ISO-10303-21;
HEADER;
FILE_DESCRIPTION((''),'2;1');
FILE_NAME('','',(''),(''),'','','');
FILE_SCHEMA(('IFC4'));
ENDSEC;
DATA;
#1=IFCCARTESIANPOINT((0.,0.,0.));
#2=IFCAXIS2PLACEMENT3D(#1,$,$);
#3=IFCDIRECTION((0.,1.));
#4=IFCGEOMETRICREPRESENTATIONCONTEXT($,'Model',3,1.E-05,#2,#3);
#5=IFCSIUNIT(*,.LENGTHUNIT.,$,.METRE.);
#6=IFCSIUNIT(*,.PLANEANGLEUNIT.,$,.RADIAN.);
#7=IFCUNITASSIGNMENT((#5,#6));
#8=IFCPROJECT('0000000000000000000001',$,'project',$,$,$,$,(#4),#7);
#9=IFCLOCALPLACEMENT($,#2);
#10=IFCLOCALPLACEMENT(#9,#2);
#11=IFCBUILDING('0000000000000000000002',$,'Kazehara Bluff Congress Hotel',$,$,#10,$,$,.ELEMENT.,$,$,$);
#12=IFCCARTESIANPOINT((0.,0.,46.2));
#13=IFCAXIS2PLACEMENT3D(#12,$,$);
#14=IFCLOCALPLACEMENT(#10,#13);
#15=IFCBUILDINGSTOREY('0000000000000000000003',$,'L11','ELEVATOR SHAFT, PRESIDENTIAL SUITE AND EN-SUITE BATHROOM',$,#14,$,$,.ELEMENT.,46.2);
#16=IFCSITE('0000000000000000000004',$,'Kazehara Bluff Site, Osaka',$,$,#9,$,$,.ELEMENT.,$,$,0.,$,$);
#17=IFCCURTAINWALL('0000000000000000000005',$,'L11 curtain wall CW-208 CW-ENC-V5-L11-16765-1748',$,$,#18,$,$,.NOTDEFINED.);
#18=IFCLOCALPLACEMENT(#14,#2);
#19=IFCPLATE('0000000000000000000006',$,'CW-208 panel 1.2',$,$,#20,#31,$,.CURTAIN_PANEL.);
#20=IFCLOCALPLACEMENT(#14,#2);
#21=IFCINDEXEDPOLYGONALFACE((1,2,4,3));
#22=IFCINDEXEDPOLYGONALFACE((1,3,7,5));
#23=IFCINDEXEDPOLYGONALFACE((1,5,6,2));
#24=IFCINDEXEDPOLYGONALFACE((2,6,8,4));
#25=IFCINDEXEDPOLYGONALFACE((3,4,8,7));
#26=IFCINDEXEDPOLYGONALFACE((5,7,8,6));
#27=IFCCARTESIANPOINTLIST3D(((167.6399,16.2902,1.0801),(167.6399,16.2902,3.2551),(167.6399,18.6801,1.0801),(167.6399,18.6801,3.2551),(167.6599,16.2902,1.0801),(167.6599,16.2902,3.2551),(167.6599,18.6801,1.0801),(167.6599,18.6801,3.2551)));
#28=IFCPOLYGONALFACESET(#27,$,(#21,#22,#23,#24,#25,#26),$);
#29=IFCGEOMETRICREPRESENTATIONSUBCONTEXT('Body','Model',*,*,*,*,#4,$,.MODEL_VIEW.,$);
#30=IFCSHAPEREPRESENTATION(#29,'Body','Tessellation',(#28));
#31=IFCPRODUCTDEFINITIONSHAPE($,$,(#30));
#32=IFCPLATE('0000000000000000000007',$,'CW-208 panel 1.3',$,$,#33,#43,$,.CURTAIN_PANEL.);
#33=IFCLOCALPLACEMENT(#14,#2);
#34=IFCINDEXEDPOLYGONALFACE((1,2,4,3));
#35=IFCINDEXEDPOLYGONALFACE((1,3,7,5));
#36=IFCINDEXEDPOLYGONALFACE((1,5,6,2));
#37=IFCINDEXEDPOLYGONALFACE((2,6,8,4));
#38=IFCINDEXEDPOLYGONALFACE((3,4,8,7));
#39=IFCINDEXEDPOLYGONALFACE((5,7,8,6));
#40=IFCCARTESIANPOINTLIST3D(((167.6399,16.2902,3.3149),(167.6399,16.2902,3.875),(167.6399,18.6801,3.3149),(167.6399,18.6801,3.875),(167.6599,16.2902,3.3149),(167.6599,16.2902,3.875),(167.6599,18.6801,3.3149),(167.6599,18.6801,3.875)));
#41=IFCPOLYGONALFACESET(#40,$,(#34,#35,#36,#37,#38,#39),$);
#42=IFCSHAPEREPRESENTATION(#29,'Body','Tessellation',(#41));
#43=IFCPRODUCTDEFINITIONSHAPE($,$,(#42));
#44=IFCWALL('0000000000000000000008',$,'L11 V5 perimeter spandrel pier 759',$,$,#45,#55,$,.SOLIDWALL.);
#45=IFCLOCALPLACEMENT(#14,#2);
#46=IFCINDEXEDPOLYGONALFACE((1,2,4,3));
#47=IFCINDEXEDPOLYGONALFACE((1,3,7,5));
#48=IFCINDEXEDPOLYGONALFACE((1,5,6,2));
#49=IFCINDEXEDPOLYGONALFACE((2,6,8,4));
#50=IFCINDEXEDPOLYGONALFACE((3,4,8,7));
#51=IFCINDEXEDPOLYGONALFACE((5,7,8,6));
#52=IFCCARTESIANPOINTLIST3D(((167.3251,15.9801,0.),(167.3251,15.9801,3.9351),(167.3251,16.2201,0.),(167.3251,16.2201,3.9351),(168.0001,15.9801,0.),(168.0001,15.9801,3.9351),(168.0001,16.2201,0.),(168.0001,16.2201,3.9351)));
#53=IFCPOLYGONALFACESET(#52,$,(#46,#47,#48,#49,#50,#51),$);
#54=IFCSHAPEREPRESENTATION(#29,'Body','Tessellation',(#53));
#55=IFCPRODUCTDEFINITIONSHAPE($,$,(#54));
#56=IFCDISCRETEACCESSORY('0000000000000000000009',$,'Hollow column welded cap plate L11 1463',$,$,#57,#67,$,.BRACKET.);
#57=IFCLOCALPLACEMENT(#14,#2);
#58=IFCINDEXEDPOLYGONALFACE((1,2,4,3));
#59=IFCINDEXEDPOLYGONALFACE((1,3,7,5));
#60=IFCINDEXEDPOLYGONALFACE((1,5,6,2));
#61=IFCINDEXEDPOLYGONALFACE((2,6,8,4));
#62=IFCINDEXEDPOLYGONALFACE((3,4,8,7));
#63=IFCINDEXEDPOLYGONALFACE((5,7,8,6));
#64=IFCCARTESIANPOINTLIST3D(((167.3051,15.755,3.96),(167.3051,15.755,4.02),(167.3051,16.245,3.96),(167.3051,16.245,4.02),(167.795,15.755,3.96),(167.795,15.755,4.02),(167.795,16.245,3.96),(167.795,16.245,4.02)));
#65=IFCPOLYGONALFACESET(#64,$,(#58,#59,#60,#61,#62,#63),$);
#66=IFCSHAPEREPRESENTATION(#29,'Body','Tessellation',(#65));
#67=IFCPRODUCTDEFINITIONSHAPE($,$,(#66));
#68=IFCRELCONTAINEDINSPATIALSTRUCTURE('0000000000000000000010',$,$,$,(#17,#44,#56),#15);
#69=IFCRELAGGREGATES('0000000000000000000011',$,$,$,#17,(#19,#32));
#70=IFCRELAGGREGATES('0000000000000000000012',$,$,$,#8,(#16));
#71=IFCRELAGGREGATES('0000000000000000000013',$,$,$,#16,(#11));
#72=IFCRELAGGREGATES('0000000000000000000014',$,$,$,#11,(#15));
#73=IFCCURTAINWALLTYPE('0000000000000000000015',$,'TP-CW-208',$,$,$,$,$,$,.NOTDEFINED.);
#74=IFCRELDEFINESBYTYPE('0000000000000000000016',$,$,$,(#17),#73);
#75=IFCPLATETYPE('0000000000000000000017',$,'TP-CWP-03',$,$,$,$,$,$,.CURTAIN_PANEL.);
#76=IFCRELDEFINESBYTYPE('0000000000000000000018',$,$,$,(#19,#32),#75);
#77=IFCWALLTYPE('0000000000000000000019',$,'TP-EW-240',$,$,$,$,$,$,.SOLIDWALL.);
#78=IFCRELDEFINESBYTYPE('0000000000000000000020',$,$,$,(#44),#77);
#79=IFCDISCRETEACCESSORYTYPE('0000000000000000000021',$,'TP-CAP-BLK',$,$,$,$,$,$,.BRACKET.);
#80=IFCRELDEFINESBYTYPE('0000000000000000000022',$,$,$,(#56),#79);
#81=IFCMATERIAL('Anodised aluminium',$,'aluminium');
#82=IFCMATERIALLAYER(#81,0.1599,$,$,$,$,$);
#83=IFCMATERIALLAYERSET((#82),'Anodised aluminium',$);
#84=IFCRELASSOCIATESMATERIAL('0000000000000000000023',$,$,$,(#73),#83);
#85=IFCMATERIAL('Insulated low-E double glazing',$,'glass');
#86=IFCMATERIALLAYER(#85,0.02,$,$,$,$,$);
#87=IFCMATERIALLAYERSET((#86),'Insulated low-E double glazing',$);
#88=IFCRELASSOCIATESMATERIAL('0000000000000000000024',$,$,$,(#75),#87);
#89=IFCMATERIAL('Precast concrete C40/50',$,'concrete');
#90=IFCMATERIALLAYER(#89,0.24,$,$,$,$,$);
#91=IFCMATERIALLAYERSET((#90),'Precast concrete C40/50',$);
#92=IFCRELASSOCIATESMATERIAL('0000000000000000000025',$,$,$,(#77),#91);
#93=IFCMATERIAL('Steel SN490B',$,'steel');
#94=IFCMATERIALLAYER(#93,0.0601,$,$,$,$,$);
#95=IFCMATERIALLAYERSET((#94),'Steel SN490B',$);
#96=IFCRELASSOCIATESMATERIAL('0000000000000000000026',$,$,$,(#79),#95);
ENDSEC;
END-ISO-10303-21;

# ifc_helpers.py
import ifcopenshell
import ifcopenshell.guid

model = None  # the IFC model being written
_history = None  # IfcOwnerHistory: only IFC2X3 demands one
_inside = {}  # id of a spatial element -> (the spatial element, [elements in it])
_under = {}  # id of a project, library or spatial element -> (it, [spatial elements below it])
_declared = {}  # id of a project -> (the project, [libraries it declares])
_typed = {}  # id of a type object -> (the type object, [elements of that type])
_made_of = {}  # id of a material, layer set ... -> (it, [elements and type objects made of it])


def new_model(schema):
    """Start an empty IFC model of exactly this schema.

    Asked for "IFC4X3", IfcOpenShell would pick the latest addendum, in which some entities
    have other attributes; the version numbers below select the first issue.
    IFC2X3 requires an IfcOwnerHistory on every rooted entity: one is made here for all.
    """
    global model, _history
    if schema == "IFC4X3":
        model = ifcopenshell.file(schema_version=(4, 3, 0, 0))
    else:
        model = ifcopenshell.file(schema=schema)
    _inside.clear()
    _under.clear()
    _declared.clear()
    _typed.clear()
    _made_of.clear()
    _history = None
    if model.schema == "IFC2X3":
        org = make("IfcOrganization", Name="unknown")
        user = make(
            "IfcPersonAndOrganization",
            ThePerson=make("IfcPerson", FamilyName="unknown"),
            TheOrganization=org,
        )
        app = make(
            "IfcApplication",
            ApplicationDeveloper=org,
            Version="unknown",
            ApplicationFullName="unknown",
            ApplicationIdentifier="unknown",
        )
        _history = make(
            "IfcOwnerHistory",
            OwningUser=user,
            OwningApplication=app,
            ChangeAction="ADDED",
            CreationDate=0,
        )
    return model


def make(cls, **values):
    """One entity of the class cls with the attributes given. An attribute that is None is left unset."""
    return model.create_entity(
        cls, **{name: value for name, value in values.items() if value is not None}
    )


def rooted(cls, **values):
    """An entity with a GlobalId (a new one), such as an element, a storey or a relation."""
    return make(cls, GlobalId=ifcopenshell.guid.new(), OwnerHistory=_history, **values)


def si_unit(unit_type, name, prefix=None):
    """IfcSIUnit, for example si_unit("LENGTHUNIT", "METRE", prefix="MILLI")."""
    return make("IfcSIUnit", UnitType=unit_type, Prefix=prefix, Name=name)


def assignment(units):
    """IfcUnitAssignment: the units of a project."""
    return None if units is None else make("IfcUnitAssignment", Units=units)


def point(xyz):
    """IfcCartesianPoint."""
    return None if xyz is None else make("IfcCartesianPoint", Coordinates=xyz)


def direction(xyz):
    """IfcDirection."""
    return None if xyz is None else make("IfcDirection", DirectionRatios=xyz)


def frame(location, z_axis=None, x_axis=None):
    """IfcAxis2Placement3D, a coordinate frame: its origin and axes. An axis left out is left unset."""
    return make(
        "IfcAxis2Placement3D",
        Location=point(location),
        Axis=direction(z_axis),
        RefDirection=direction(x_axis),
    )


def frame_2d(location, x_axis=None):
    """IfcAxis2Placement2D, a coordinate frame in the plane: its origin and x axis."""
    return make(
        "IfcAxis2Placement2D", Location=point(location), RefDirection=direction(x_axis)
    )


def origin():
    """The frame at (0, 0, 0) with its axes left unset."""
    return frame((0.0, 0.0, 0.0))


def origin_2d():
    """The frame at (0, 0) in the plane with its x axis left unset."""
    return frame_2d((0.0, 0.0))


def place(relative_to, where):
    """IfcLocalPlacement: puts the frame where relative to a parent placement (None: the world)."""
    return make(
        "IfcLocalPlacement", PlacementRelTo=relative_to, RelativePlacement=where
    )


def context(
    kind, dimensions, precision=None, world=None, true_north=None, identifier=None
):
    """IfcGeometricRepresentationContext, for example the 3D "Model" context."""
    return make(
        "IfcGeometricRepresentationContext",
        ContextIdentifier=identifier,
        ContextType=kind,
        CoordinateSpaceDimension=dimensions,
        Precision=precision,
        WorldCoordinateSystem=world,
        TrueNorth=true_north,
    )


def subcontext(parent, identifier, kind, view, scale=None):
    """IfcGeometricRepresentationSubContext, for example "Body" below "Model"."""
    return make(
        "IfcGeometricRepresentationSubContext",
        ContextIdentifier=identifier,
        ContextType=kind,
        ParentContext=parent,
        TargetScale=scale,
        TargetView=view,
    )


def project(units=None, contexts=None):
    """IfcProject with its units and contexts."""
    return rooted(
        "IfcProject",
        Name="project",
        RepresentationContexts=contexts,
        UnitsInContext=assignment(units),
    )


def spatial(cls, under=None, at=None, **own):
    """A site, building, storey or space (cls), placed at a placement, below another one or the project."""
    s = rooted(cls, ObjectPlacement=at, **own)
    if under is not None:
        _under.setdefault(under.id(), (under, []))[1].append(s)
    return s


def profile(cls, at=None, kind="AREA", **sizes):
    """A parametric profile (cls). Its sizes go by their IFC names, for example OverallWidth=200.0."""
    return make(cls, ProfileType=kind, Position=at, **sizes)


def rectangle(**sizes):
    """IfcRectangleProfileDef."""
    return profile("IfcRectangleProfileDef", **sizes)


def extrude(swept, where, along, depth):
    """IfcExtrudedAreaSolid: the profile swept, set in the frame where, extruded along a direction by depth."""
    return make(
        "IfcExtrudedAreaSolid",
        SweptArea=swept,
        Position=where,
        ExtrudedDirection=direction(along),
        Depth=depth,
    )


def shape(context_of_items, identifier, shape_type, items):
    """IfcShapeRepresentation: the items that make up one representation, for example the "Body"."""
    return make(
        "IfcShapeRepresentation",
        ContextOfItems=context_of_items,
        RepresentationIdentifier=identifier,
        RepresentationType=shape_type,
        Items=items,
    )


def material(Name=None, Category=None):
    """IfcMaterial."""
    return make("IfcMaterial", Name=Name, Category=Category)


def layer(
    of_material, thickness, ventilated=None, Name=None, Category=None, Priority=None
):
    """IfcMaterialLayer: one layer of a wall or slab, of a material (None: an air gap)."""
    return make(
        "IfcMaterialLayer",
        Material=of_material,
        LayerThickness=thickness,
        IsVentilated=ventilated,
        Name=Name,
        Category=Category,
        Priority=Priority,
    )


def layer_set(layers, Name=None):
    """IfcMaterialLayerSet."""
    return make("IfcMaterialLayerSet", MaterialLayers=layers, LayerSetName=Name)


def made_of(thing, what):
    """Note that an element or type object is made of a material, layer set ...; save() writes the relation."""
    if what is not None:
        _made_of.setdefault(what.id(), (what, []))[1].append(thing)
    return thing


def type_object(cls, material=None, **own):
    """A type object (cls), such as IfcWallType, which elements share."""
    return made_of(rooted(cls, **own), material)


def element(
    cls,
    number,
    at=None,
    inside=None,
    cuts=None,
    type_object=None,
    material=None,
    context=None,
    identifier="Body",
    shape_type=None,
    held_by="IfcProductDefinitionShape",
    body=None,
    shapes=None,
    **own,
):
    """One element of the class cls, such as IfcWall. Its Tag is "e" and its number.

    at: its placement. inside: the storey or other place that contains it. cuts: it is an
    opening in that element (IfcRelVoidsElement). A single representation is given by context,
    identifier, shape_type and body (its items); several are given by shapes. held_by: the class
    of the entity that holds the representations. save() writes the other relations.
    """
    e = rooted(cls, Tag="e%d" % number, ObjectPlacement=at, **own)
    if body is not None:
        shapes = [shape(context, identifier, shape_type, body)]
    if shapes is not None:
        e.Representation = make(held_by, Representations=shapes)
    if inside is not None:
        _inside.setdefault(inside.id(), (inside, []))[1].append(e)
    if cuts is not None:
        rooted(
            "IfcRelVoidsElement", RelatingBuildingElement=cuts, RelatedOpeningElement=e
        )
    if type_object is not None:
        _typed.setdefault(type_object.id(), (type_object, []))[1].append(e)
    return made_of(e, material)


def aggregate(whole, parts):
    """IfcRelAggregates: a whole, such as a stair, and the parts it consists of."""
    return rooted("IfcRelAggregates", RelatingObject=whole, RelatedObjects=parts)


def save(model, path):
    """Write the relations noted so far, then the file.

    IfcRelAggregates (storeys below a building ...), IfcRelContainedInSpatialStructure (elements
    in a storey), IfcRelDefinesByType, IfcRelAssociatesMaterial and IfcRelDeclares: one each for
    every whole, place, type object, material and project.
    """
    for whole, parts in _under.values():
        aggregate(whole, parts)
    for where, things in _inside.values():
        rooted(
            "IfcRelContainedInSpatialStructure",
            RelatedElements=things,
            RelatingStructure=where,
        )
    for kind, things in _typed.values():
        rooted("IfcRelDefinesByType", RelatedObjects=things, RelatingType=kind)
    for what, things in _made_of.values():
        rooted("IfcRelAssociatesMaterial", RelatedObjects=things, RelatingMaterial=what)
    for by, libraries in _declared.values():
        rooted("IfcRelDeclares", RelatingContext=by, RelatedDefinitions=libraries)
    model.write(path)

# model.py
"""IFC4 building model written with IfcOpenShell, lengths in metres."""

from ifc_helpers import new_model, si_unit, direction, frame, frame_2d, origin, origin_2d, place, context, subcontext, project, spatial, rectangle, extrude, material, layer, layer_set, type_object, element, aggregate, save


model = new_model("IFC4")

# Units and contexts
model_context = context("Model", 3, precision=1e-05, world=origin(), true_north=direction((0.0, 1.0)))
body_context = subcontext(model_context, "Body", "Model", "MODEL_VIEW")
ifc_project = project(units=[si_unit("LENGTHUNIT", "METRE"), si_unit("PLANEANGLEUNIT", "RADIAN")], contexts=[model_context])

# Site, building, storey
site_placement = place(None, origin())
site = spatial("IfcSite", under=ifc_project, at=site_placement, Name="Kazehara Bluff Site, Osaka", CompositionType="ELEMENT", RefElevation=0.0)
building_placement = place(site_placement, origin())
building = spatial("IfcBuilding", under=site, at=building_placement, Name="Kazehara Bluff Congress Hotel", CompositionType="ELEMENT")
storey_placement = place(building_placement, frame((0.0, 0.0, 46.2)))
storey = spatial("IfcBuildingStorey", under=building, at=storey_placement, Name="L11", Description="ELEVATOR SHAFT, PRESIDENTIAL SUITE AND EN-SUITE BATHROOM", CompositionType="ELEMENT", Elevation=46.2)

# Curtain wall
ifc_material_1 = material(Name="Anodised aluminium", Category="aluminium")
ifc_layer_1 = layer(ifc_material_1, 0.1599)
ifc_layer_set_1 = layer_set([ifc_layer_1], Name="Anodised aluminium")
curtain_wall_type_1 = type_object("IfcCurtainWallType", Name="TP-CW-208", PredefinedType="NOTDEFINED", material=ifc_layer_set_1)
curtain_wall_1_placement = place(storey_placement, origin())
curtain_wall_1 = element("IfcCurtainWall", 1, at=curtain_wall_1_placement, inside=storey, type_object=curtain_wall_type_1, Name="L11 curtain wall CW-208 CW-ENC-V5-L11-16765-1748", PredefinedType="NOTDEFINED")

# Plates
ifc_material_2 = material(Name="Insulated low-E double glazing", Category="glass")
ifc_layer_2 = layer(ifc_material_2, 0.02)
ifc_layer_set_2 = layer_set([ifc_layer_2], Name="Insulated low-E double glazing")
plate_type_1 = type_object("IfcPlateType", Name="TP-CWP-03", PredefinedType="CURTAIN_PANEL", material=ifc_layer_set_2)
plate_1_placement = place(storey_placement, frame((167.6499, 17.4851, 1.0801), z_axis=(0.0, 0.0, 1.0), x_axis=(0.0, -1.0, 0.0)))
plate_1 = element("IfcPlate", 2, at=plate_1_placement, type_object=plate_type_1, Name="CW-208 panel 1.2", PredefinedType="CURTAIN_PANEL", context=body_context, shape_type="SweptSolid", body=[
    extrude(rectangle(XDim=2.3899, YDim=0.02, at=origin_2d()), origin(), (0.0, 0.0, 1.0), 2.175),
])
plate_2_placement = place(storey_placement, frame((167.6499, 17.4851, 3.3149), z_axis=(0.0, 0.0, 1.0), x_axis=(0.0, -1.0, 0.0)))
plate_2 = element("IfcPlate", 3, at=plate_2_placement, type_object=plate_type_1, Name="CW-208 panel 1.3", PredefinedType="CURTAIN_PANEL", context=body_context, shape_type="SweptSolid", body=[
    extrude(rectangle(XDim=2.3899, YDim=0.02, at=origin_2d()), origin(), (0.0, 0.0, 1.0), 0.5601),
])
aggregate(curtain_wall_1, [plate_1, plate_2])

# Wall
ifc_material_3 = material(Name="Precast concrete C40/50", Category="concrete")
ifc_layer_3 = layer(ifc_material_3, 0.24)
ifc_layer_set_3 = layer_set([ifc_layer_3], Name="Precast concrete C40/50")
wall_type = type_object("IfcWallType", Name="TP-EW-240", PredefinedType="SOLIDWALL", material=ifc_layer_set_3)
wall_placement = place(storey_placement, frame((168.0, 16.1001, 0.0), z_axis=(0.0, 0.0, 1.0), x_axis=(-1.0, 0.0, 0.0)))
element("IfcWall", 4, at=wall_placement, inside=storey, type_object=wall_type, Name="L11 V5 perimeter spandrel pier 759", PredefinedType="SOLIDWALL", context=body_context, shape_type="SweptSolid", body=[
    extrude(rectangle(XDim=0.675, YDim=0.24, at=frame_2d((0.3374, 0.0))), origin(), (0.0, 0.0, 1.0), 3.9351),
])

# Discrete accessory
ifc_material_4 = material(Name="Steel SN490B", Category="steel")
ifc_layer_4 = layer(ifc_material_4, 0.0601)
ifc_layer_set_4 = layer_set([ifc_layer_4], Name="Steel SN490B")
discrete_accessory_type = type_object("IfcDiscreteAccessoryType", Name="TP-CAP-BLK", PredefinedType="BRACKET", material=ifc_layer_set_4)
discrete_accessory_placement = place(storey_placement, frame((167.55, 16.0, 3.96), z_axis=(0.0, 0.0, 1.0), x_axis=(1.0, 0.0, 0.0)))
element("IfcDiscreteAccessory", 5, at=discrete_accessory_placement, inside=storey, type_object=discrete_accessory_type, Name="Hollow column welded cap plate L11 1463", PredefinedType="BRACKET", context=body_context, shape_type="SweptSolid", body=[
    extrude(rectangle(XDim=0.49, YDim=0.49, at=origin_2d()), origin(), (0.0, 0.0, 1.0), 0.0601),
])

save(model, "model.ifc")
